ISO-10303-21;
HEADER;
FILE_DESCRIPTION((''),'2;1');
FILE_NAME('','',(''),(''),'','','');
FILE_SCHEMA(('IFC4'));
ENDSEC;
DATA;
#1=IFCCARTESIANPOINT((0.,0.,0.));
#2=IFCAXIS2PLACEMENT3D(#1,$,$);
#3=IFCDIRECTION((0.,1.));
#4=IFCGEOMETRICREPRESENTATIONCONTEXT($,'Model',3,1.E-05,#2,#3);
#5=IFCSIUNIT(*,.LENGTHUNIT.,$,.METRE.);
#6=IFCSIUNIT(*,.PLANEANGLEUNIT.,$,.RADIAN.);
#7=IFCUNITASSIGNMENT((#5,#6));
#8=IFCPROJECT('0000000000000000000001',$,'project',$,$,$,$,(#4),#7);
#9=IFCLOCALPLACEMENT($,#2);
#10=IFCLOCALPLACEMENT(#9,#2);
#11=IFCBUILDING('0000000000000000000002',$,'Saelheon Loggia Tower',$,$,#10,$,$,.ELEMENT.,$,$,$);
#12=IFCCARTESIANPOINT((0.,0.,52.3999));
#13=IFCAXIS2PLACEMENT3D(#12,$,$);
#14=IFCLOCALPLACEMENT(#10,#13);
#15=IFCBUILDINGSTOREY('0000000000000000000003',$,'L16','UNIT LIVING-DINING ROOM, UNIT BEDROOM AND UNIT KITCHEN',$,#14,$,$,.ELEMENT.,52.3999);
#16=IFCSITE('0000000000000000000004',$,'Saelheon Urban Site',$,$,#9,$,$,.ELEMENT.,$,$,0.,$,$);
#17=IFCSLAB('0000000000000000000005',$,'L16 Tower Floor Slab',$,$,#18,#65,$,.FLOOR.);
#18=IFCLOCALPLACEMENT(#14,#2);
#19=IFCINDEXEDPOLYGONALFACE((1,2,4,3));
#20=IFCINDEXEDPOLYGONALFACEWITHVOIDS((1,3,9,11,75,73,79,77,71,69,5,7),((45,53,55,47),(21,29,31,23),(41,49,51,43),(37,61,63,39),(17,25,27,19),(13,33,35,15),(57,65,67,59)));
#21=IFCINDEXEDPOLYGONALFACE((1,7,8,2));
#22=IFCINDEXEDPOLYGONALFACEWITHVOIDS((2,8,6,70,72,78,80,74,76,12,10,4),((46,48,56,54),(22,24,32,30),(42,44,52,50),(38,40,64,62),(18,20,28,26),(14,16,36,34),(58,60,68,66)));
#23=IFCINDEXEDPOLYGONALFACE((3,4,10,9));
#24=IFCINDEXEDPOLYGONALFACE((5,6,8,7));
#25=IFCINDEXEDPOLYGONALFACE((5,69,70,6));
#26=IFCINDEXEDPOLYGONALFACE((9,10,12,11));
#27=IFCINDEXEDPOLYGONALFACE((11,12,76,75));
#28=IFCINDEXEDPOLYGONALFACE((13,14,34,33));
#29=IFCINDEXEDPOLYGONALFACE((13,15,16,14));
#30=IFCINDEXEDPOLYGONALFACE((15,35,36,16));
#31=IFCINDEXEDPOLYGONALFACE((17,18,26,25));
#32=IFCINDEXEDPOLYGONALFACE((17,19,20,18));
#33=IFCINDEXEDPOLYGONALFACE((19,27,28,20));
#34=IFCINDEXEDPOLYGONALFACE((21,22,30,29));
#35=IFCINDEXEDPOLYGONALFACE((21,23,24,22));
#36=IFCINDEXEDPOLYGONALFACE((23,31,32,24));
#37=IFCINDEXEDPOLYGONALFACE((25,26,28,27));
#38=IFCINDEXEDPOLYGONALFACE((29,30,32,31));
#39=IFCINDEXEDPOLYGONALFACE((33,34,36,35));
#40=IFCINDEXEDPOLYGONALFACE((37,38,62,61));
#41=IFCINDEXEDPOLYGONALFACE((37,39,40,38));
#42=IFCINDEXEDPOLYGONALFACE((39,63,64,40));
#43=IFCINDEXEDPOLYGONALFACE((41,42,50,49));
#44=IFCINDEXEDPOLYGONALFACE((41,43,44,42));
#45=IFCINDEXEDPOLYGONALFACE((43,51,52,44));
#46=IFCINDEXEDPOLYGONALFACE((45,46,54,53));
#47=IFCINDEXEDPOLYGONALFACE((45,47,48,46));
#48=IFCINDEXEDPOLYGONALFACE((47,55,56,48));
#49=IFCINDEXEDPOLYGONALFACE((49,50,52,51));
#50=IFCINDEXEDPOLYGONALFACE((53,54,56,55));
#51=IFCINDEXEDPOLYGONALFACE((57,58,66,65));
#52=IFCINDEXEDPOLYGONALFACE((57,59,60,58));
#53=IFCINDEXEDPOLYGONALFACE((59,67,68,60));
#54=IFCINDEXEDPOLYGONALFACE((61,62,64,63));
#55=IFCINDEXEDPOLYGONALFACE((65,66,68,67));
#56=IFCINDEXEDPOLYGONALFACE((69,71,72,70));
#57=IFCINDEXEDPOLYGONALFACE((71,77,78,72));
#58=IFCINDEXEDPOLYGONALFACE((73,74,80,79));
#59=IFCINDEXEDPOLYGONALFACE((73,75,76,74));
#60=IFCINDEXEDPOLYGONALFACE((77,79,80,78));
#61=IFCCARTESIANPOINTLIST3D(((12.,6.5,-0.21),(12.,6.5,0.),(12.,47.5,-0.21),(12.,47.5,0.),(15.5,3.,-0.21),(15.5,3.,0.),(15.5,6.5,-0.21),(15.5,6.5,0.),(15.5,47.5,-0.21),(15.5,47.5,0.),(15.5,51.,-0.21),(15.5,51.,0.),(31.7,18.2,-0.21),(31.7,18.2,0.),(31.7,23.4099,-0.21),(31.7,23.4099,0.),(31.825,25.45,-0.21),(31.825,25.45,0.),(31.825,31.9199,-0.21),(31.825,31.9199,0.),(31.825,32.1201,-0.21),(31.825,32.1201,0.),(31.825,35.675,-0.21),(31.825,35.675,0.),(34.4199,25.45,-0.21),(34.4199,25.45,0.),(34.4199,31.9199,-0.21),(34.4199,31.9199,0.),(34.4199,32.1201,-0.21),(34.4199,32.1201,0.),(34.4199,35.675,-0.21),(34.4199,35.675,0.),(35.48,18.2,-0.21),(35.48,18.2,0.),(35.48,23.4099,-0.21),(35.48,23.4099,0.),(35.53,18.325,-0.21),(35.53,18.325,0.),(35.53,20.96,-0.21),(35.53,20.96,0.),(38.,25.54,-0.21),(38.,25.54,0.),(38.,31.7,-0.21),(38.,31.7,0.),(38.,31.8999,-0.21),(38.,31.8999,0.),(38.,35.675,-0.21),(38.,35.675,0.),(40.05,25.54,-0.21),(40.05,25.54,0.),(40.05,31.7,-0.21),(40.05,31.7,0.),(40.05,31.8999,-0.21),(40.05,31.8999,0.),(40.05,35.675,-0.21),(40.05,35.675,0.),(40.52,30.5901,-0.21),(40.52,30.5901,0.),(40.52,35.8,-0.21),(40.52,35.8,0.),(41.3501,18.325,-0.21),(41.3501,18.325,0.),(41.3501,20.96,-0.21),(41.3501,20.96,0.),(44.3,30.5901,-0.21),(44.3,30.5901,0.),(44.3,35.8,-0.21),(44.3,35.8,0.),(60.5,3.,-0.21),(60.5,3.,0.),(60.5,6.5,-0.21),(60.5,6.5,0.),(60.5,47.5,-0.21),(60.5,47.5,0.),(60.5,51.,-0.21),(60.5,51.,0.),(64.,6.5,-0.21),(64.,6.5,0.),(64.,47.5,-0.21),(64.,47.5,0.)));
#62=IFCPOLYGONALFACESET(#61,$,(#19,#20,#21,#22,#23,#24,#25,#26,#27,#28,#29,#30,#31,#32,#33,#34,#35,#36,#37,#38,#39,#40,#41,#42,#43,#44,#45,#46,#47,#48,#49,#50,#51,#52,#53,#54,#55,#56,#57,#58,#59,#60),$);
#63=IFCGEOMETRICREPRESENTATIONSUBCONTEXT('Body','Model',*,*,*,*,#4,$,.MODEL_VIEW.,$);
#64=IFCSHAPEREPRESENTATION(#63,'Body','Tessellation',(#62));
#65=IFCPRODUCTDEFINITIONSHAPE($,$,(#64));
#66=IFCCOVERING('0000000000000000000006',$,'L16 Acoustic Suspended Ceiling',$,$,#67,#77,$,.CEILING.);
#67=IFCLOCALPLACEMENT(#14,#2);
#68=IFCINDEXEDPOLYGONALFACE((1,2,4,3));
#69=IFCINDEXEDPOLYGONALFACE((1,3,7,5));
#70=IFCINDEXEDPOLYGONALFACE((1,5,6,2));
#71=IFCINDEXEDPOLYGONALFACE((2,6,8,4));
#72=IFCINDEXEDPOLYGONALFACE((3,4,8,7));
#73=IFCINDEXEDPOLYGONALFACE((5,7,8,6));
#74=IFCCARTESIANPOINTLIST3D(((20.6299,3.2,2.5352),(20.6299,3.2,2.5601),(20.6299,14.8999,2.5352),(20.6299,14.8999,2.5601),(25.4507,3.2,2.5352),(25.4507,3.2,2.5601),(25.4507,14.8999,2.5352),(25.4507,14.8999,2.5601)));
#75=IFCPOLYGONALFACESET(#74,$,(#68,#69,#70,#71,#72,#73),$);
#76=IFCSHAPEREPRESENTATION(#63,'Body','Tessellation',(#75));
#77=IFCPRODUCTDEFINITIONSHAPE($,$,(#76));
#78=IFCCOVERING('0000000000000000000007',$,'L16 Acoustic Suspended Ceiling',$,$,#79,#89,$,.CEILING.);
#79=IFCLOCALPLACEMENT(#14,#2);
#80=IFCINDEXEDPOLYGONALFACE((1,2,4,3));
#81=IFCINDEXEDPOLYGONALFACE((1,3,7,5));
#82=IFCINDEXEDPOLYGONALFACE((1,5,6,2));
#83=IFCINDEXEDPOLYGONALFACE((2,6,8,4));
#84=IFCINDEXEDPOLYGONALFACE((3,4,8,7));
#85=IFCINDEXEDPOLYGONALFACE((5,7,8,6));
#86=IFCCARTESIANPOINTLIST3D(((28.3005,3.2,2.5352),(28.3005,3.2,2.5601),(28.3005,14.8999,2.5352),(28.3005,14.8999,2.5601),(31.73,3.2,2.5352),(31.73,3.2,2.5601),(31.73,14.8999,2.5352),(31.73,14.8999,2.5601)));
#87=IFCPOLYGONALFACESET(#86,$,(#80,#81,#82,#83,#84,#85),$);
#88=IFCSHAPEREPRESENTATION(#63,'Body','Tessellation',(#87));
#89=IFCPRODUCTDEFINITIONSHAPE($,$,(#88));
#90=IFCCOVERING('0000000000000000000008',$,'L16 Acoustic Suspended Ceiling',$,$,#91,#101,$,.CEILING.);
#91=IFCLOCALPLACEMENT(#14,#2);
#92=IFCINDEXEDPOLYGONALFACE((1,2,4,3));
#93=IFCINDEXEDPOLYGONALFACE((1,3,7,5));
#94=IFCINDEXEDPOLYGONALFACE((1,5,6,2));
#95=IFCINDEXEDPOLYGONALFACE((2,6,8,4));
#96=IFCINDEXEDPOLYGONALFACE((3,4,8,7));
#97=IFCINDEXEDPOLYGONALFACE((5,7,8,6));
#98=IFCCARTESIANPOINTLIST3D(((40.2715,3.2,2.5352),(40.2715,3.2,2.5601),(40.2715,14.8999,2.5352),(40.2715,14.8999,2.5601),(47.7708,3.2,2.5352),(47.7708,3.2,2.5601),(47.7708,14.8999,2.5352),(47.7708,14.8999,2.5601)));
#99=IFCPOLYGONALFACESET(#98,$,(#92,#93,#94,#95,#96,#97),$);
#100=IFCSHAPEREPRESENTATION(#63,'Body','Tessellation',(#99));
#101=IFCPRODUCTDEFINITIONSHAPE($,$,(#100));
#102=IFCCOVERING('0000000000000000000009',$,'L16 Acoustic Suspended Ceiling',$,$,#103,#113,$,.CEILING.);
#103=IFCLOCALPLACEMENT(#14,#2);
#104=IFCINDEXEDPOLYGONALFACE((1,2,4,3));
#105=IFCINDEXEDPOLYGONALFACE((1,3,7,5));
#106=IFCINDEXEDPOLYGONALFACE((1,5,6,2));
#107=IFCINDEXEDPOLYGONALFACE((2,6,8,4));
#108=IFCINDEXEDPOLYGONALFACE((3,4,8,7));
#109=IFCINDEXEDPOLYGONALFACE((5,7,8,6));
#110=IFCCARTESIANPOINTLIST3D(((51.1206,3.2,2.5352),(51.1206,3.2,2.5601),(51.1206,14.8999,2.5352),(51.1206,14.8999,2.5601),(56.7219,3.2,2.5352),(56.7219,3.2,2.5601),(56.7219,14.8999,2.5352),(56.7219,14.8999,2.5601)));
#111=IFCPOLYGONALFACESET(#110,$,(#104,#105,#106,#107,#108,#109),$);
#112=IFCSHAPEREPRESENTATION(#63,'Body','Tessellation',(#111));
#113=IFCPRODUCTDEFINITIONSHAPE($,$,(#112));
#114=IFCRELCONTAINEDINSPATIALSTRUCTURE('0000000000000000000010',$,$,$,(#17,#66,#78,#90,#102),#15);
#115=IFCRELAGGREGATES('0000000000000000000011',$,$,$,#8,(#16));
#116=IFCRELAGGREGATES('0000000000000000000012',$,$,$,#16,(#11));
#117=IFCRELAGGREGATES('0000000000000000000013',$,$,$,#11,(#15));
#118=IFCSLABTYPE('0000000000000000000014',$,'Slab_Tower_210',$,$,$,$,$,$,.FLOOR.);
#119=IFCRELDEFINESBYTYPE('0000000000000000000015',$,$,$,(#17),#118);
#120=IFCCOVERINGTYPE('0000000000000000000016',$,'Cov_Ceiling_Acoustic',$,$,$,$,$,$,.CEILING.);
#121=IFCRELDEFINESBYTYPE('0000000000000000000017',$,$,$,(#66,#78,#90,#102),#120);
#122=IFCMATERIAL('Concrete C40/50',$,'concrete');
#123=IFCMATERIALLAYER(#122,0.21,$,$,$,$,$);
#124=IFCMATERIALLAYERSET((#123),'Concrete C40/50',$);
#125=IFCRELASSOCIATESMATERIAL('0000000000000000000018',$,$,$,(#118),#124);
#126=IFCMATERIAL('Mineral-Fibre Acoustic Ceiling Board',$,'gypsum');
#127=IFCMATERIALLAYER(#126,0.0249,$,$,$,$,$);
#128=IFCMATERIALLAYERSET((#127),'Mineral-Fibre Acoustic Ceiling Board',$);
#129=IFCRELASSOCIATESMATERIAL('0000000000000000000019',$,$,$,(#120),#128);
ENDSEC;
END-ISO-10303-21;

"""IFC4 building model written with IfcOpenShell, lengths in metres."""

from ifc_helpers import new_model, si_unit, direction, frame, origin, place, context, subcontext, project, spatial, polyline, outline, extrude, material, layer, layer_set, type_object, element, save


model = new_model("IFC4")

# Units and contexts
model_context = context("Model", 3, precision=1e-05, world=origin(), true_north=direction((0.0, 1.0)))
body_context = subcontext(model_context, "Body", "Model", "MODEL_VIEW")
ifc_project = project(units=[si_unit("LENGTHUNIT", "METRE"), si_unit("PLANEANGLEUNIT", "RADIAN")], contexts=[model_context])

# Site, building, storey
site_placement = place(None, origin())
site = spatial("IfcSite", under=ifc_project, at=site_placement, Name="Saelheon Urban Site", CompositionType="ELEMENT", RefElevation=0.0)
building_placement = place(site_placement, origin())
building = spatial("IfcBuilding", under=site, at=building_placement, Name="Saelheon Loggia Tower", CompositionType="ELEMENT")
storey_placement = place(building_placement, frame((0.0, 0.0, 52.3999)))
storey = spatial("IfcBuildingStorey", under=building, at=storey_placement, Name="L16", Description="UNIT LIVING-DINING ROOM, UNIT BEDROOM AND UNIT KITCHEN", CompositionType="ELEMENT", Elevation=52.3999)

# Shared definitions
ifc_material_1 = material(Name="Concrete C40/50", Category="concrete")

# Slab
ifc_layer_1 = layer(ifc_material_1, 0.21)
ifc_layer_set_1 = layer_set([ifc_layer_1], Name="Concrete C40/50")
slab_type_1 = type_object("IfcSlabType", Name="Slab_Tower_210", PredefinedType="FLOOR", material=ifc_layer_set_1)
slab_1_placement = place(storey_placement, frame((0.0, 0.0, -0.21)))
element("IfcSlab", 1, at=slab_1_placement, inside=storey, type_object=slab_type_1, Name="L16 Tower Floor Slab", PredefinedType="FLOOR", context=body_context, shape_type="SweptSolid", body=[
    extrude(outline(polyline([(15.5, 3.0), (60.5, 3.0), (60.5, 6.5), (64.0, 6.5), (64.0, 47.5), (60.5, 47.5), (60.5, 51.0), (15.5, 51.0), (15.5, 47.5), (12.0, 47.5), (12.0, 6.5), (15.5, 6.5), (15.5, 3.0)]), holes=[polyline([(31.7, 23.4099), (31.7, 18.2), (35.48, 18.2), (35.48, 23.4099), (31.7, 23.4099)]), polyline([(44.3, 30.5901), (44.3, 35.8), (40.52, 35.8), (40.52, 30.5901), (44.3, 30.5901)]), polyline([(35.53, 18.325), (41.3501, 18.325), (41.3501, 20.96), (35.53, 20.96), (35.53, 18.325)]), polyline([(31.825, 32.1201), (34.4199, 32.1201), (34.4199, 35.675), (31.825, 35.675), (31.825, 32.1201)]), polyline([(38.0, 31.8999), (40.05, 31.8999), (40.05, 35.675), (38.0, 35.675), (38.0, 31.8999)]), polyline([(31.825, 25.45), (34.4199, 25.45), (34.4199, 31.9199), (31.825, 31.9199), (31.825, 25.45)]), polyline([(38.0, 25.54), (40.05, 25.54), (40.05, 31.7), (38.0, 31.7), (38.0, 25.54)])]), origin(), (0.0, 0.0, 1.0), 0.21),
])

# Coverings
ifc_material_2 = material(Name="Mineral-Fibre Acoustic Ceiling Board", Category="gypsum")
ifc_layer_2 = layer(ifc_material_2, 0.0249)
ifc_layer_set_2 = layer_set([ifc_layer_2], Name="Mineral-Fibre Acoustic Ceiling Board")
covering_type = type_object("IfcCoveringType", Name="Cov_Ceiling_Acoustic", PredefinedType="CEILING", material=ifc_layer_set_2)
covering_1_placement = place(storey_placement, frame((0.0, 0.0, 2.5352)))
element("IfcCovering", 2, at=covering_1_placement, inside=storey, type_object=covering_type, Name="L16 Acoustic Suspended Ceiling", PredefinedType="CEILING", context=body_context, shape_type="SweptSolid", body=[
    extrude(outline(polyline([(20.6299, 3.2), (25.4507, 3.2), (25.4507, 14.8999), (20.6299, 14.8999), (20.6299, 3.2)])), origin(), (0.0, 0.0, 1.0), 0.0249),
])
covering_2_placement = place(storey_placement, frame((0.0, 0.0, 2.5352)))
element("IfcCovering", 3, at=covering_2_placement, inside=storey, type_object=covering_type, Name="L16 Acoustic Suspended Ceiling", PredefinedType="CEILING", context=body_context, shape_type="SweptSolid", body=[
    extrude(outline(polyline([(28.3005, 3.2), (31.73, 3.2), (31.73, 14.8999), (28.3005, 14.8999), (28.3005, 3.2)])), origin(), (0.0, 0.0, 1.0), 0.0249),
])
covering_3_placement = place(storey_placement, frame((0.0, 0.0, 2.5352)))
element("IfcCovering", 4, at=covering_3_placement, inside=storey, type_object=covering_type, Name="L16 Acoustic Suspended Ceiling", PredefinedType="CEILING", context=body_context, shape_type="SweptSolid", body=[
    extrude(outline(polyline([(40.2715, 3.2), (47.7708, 3.2), (47.7708, 14.8999), (40.2715, 14.8999), (40.2715, 3.2)])), origin(), (0.0, 0.0, 1.0), 0.0249),
])
covering_4_placement = place(storey_placement, frame((0.0, 0.0, 2.5352)))
element("IfcCovering", 5, at=covering_4_placement, inside=storey, type_object=covering_type, Name="L16 Acoustic Suspended Ceiling", PredefinedType="CEILING", context=body_context, shape_type="SweptSolid", body=[
    extrude(outline(polyline([(51.1206, 3.2), (56.7219, 3.2), (56.7219, 14.8999), (51.1206, 14.8999), (51.1206, 3.2)])), origin(), (0.0, 0.0, 1.0), 0.0249),
])

save(model, "model.ifc")
